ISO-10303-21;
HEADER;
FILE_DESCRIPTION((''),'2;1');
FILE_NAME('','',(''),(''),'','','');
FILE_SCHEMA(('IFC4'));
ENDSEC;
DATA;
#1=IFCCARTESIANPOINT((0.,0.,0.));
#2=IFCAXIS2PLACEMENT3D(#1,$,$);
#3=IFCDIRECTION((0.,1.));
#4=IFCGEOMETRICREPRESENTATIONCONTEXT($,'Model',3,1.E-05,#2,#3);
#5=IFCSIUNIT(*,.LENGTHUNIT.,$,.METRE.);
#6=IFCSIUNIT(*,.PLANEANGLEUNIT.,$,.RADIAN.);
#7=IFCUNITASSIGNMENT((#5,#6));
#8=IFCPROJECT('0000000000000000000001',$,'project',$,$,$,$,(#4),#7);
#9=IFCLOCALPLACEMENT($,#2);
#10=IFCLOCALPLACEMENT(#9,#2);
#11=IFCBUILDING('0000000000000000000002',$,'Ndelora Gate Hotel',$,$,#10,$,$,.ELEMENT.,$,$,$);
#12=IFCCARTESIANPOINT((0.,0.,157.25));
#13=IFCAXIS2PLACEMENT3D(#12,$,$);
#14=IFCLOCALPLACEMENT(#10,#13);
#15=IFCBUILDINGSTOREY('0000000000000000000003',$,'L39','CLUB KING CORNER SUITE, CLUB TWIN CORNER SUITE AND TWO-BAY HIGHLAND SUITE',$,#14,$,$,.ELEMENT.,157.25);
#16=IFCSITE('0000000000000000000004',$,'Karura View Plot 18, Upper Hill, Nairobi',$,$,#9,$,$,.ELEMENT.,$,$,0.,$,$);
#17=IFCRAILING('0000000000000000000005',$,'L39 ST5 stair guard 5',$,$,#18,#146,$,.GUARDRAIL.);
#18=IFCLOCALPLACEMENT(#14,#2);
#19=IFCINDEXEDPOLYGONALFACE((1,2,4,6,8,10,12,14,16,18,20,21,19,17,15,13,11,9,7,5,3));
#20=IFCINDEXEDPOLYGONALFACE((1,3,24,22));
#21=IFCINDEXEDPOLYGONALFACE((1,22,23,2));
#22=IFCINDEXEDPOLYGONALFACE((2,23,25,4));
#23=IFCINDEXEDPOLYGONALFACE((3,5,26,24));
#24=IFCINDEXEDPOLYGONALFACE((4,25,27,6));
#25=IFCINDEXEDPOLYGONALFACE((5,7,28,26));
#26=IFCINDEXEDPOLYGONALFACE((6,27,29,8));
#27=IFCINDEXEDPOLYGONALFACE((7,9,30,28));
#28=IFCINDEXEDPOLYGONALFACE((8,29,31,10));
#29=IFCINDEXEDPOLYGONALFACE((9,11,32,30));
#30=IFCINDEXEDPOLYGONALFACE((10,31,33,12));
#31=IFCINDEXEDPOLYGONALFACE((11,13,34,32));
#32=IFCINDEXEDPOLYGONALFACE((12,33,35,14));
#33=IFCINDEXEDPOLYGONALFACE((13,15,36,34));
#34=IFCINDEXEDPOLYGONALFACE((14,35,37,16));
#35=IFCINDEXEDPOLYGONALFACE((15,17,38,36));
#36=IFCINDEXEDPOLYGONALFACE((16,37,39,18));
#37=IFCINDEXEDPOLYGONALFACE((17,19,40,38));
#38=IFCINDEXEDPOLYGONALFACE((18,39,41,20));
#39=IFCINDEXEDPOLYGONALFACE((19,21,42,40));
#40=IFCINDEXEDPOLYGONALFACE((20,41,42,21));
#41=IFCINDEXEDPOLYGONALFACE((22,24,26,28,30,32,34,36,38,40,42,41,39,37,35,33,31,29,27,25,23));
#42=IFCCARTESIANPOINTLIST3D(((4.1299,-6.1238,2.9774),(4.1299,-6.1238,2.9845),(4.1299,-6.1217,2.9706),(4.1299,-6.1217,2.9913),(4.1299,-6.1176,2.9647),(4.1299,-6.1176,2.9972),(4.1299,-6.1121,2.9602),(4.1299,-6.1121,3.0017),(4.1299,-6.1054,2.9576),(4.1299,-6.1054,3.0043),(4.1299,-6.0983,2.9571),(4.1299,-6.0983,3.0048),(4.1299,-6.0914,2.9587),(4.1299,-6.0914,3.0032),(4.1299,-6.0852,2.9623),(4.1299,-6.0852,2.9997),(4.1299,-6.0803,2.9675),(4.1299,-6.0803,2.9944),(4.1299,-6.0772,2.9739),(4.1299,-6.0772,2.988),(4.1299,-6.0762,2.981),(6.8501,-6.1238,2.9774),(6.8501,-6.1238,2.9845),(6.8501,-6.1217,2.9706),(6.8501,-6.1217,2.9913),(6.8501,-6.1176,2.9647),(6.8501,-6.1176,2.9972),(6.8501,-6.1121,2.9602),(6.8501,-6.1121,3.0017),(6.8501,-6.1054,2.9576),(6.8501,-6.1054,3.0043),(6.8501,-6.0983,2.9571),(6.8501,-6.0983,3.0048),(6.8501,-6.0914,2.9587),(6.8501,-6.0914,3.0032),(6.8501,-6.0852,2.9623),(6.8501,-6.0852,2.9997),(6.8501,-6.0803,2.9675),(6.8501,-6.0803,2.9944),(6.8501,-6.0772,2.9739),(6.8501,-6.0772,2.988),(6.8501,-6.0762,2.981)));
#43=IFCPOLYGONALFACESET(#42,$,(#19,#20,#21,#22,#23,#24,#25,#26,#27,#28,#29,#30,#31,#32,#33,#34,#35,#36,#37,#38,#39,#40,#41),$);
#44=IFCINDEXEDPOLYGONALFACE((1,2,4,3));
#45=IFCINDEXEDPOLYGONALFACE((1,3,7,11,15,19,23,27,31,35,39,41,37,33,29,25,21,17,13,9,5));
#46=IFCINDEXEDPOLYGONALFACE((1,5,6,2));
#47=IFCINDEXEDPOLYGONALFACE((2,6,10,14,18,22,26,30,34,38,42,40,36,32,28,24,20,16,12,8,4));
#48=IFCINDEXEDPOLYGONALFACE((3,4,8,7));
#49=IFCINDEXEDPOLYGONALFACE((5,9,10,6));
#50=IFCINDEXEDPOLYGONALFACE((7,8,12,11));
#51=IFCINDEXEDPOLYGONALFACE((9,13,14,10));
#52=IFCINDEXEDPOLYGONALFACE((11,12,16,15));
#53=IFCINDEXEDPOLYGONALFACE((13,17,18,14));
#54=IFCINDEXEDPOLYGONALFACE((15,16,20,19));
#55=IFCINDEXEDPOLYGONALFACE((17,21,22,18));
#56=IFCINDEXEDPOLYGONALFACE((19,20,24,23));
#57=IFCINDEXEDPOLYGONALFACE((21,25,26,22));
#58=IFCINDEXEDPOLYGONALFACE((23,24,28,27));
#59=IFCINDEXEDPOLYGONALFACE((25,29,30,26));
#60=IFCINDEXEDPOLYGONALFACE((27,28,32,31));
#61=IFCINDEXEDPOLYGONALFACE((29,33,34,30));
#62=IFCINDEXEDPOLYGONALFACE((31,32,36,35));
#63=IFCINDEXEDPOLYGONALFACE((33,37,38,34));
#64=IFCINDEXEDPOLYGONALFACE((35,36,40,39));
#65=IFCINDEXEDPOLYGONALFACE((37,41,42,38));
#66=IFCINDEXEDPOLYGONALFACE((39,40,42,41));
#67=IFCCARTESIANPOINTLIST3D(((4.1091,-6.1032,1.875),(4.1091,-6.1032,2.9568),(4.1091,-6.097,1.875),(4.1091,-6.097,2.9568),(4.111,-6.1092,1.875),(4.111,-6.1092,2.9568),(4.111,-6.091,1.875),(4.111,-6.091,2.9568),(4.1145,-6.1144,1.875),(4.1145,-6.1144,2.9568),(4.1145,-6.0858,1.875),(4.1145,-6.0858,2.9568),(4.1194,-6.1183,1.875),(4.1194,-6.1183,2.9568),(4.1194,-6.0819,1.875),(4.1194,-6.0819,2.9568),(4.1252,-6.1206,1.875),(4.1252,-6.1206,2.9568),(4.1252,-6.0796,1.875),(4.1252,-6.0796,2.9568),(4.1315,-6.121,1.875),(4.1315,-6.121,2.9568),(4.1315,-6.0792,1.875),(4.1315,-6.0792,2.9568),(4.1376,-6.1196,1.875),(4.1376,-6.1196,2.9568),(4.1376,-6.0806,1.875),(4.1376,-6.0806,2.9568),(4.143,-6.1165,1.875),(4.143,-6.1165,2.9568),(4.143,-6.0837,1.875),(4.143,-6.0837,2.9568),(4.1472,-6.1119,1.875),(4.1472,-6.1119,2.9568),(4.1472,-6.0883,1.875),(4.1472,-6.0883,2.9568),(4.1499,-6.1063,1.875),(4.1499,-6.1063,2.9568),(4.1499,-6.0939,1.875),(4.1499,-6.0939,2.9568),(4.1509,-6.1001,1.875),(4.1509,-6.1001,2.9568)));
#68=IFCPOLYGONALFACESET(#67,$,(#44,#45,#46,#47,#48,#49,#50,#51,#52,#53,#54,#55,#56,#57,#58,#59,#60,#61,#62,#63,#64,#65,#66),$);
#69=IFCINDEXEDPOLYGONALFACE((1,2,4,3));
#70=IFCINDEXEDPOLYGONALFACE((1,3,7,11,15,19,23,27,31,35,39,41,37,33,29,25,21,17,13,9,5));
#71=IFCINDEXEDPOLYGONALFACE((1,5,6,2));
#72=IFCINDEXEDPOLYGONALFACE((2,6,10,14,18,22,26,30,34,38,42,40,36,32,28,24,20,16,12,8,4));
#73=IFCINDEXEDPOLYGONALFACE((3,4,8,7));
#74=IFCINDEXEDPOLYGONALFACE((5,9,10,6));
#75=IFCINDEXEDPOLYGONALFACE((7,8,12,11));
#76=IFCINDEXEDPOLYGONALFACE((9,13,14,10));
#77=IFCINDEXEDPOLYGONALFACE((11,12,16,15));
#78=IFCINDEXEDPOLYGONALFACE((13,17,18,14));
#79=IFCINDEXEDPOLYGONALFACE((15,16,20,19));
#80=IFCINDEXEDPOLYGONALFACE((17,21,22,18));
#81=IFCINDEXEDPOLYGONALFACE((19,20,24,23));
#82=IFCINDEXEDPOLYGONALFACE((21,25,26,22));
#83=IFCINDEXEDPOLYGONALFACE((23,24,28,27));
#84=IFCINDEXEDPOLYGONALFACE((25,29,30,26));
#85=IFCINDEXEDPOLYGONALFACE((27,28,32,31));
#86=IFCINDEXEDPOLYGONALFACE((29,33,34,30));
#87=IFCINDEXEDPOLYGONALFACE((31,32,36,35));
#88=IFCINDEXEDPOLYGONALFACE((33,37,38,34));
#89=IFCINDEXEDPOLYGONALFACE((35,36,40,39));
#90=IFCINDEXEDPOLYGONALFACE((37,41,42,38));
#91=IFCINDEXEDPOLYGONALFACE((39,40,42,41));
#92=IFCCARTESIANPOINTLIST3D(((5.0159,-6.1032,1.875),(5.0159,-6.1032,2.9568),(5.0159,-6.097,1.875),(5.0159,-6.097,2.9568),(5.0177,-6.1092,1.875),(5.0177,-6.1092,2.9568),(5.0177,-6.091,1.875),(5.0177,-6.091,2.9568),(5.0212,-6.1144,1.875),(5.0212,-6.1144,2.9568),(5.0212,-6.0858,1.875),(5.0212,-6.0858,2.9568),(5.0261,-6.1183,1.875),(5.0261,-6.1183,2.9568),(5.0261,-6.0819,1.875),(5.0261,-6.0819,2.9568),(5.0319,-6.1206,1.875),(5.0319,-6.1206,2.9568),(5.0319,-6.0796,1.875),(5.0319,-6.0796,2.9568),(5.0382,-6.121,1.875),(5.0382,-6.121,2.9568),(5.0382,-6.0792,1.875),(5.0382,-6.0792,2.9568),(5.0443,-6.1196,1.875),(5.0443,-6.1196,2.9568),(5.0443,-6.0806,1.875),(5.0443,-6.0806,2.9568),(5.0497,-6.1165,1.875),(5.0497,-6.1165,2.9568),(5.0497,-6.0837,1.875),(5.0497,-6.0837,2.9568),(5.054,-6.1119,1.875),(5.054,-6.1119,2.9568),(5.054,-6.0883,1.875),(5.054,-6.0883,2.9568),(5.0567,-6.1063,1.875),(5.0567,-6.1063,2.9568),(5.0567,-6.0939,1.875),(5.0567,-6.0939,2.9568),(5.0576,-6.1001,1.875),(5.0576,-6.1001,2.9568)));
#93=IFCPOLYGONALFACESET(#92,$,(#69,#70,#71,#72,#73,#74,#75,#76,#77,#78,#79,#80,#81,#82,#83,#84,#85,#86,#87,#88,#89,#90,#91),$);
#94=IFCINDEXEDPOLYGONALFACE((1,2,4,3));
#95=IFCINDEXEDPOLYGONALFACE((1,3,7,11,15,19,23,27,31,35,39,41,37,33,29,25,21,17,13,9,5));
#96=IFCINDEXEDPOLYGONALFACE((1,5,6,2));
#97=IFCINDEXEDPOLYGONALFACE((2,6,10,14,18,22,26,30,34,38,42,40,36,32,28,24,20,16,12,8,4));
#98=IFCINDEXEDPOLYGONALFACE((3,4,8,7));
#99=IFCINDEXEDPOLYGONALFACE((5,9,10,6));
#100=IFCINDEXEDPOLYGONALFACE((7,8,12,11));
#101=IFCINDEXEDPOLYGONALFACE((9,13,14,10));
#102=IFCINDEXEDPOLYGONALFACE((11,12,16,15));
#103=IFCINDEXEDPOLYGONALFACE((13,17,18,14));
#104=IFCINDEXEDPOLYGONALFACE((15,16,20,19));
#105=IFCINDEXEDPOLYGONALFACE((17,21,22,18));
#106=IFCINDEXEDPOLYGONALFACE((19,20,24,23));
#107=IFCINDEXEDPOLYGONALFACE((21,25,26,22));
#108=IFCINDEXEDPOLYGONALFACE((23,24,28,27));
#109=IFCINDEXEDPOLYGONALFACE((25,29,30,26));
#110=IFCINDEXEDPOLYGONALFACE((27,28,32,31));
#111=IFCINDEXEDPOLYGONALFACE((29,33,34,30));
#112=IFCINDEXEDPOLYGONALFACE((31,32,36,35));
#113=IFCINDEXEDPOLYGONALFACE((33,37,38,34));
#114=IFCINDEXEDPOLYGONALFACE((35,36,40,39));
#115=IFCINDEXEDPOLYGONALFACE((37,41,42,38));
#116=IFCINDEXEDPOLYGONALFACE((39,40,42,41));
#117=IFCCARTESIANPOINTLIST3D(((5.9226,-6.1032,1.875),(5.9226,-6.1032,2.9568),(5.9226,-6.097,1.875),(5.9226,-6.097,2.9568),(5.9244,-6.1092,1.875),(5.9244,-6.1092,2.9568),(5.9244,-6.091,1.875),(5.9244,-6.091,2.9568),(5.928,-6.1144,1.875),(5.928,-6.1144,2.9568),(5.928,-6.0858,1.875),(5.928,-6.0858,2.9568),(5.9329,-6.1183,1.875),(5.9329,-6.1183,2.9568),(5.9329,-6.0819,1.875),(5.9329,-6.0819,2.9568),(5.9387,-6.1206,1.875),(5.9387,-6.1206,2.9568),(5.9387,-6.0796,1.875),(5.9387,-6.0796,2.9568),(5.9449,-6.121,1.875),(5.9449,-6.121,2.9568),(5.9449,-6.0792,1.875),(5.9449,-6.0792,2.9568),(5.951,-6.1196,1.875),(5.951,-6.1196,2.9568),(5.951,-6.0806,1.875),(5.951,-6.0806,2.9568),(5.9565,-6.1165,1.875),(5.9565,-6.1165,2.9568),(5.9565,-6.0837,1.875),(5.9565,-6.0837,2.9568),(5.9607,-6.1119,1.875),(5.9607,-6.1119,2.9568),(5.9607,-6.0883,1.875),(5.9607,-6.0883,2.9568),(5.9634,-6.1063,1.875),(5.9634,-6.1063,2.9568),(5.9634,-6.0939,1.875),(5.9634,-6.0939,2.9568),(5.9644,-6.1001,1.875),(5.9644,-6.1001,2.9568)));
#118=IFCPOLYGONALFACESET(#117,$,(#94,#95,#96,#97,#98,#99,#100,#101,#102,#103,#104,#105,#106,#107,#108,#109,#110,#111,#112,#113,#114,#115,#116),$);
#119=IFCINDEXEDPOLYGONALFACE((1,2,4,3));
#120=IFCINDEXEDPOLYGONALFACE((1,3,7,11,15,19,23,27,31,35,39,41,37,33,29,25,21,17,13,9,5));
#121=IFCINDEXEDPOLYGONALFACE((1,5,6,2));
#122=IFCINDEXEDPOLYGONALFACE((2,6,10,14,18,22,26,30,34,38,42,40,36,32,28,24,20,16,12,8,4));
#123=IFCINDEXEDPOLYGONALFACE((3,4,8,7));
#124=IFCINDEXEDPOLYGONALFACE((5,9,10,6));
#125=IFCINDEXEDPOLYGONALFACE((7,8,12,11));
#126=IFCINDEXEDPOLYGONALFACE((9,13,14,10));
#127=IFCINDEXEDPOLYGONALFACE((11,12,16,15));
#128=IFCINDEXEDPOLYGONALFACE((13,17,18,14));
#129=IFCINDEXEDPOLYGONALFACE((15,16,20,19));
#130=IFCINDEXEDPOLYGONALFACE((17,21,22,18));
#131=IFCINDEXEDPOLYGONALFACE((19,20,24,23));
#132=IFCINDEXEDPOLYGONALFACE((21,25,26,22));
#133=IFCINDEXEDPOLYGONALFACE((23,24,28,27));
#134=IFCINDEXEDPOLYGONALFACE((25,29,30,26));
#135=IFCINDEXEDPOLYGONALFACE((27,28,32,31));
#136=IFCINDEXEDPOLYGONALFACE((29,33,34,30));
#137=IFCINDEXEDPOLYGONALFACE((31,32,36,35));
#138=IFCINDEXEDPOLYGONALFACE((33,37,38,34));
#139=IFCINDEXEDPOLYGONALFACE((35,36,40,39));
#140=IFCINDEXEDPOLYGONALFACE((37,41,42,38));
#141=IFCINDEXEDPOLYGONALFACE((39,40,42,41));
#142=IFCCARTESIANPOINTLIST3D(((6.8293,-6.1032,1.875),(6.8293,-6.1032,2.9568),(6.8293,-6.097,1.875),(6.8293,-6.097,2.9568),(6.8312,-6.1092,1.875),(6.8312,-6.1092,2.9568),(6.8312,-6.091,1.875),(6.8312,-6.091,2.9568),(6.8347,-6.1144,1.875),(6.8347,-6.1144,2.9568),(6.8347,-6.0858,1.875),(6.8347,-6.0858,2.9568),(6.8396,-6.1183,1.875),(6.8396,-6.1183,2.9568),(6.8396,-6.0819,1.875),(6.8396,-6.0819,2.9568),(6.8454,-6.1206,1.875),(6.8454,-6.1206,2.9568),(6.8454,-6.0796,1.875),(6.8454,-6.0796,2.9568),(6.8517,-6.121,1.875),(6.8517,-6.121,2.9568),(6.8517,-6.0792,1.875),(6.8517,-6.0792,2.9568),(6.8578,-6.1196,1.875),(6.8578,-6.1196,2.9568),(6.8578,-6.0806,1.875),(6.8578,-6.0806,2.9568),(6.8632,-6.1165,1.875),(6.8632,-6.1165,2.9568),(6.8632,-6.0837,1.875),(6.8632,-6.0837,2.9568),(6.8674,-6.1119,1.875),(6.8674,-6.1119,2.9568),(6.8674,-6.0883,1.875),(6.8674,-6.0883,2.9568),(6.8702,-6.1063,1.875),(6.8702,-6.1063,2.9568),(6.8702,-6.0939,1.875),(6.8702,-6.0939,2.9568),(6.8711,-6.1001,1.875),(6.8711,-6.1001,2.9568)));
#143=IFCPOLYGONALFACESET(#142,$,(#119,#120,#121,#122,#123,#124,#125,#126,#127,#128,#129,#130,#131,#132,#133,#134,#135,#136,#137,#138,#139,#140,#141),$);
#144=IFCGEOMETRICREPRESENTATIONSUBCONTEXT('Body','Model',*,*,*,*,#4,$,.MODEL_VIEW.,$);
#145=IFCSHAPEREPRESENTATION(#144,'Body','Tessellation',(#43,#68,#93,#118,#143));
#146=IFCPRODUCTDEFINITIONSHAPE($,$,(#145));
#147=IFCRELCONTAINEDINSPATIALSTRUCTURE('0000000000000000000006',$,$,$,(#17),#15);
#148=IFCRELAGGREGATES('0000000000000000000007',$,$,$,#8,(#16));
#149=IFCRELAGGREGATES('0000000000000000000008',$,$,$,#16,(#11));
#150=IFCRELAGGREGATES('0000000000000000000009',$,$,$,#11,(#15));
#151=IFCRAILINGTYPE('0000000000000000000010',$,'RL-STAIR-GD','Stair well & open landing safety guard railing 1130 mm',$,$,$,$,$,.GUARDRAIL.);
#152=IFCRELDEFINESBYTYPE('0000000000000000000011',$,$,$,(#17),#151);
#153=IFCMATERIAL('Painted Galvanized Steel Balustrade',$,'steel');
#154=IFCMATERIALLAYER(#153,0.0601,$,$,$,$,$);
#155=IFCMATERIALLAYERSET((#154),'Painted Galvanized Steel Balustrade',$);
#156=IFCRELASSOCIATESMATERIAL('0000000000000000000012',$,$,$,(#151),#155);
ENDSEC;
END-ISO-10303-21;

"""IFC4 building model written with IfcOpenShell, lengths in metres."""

from ifc_helpers import new_model, si_unit, direction, frame, origin, origin_2d, place, context, subcontext, project, spatial, circle, extrude, material, layer, layer_set, type_object, element, save


model = new_model("IFC4")

# Units and contexts
model_context = context("Model", 3, precision=1e-05, world=origin(), true_north=direction((0.0, 1.0)))
body_context = subcontext(model_context, "Body", "Model", "MODEL_VIEW")
ifc_project = project(units=[si_unit("LENGTHUNIT", "METRE"), si_unit("PLANEANGLEUNIT", "RADIAN")], contexts=[model_context])

# Site, building, storey
site_placement = place(None, origin())
site = spatial("IfcSite", under=ifc_project, at=site_placement, Name="Karura View Plot 18, Upper Hill, Nairobi", CompositionType="ELEMENT", RefElevation=0.0)
building_placement = place(site_placement, origin())
building = spatial("IfcBuilding", under=site, at=building_placement, Name="Ndelora Gate Hotel", CompositionType="ELEMENT")
storey_placement = place(building_placement, frame((0.0, 0.0, 157.25)))
storey = spatial("IfcBuildingStorey", under=building, at=storey_placement, Name="L39", Description="CLUB KING CORNER SUITE, CLUB TWIN CORNER SUITE AND TWO-BAY HIGHLAND SUITE", CompositionType="ELEMENT", Elevation=157.25)

# Railing
ifc_material_1 = material(Name="Painted Galvanized Steel Balustrade", Category="steel")
ifc_layer_1 = layer(ifc_material_1, 0.0601)
ifc_layer_set_1 = layer_set([ifc_layer_1], Name="Painted Galvanized Steel Balustrade")
railing_type_1 = type_object("IfcRailingType", Name="RL-STAIR-GD", Description="Stair well & open landing safety guard railing 1130 mm", PredefinedType="GUARDRAIL", material=ifc_layer_set_1)
railing_1_placement = place(storey_placement, frame((4.1299, -6.1001, 1.875)))
element("IfcRailing", 1, at=railing_1_placement, inside=storey, type_object=railing_type_1, Name="L39 ST5 stair guard 5", PredefinedType="GUARDRAIL", context=body_context, shape_type="SweptSolid", body=[
    extrude(circle(Radius=0.0239, at=origin_2d()), frame((0.0, 0.0, 1.106), z_axis=(1.0, 0.0, 0.0), x_axis=(0.0, 1.0, 0.0)), (0.0, 0.0, 1.0), 2.7202),
    extrude(circle(Radius=0.021, at=origin_2d()), origin(), (0.0, 0.0, 1.0), 1.0818),
    extrude(circle(Radius=0.021, at=origin_2d()), frame((0.9067, 0.0, 0.0)), (0.0, 0.0, 1.0), 1.0818),
    extrude(circle(Radius=0.021, at=origin_2d()), frame((1.8135, 0.0, 0.0)), (0.0, 0.0, 1.0), 1.0818),
    extrude(circle(Radius=0.021, at=origin_2d()), frame((2.7202, 0.0, 0.0)), (0.0, 0.0, 1.0), 1.0818),
])

save(model, "model.ifc")
